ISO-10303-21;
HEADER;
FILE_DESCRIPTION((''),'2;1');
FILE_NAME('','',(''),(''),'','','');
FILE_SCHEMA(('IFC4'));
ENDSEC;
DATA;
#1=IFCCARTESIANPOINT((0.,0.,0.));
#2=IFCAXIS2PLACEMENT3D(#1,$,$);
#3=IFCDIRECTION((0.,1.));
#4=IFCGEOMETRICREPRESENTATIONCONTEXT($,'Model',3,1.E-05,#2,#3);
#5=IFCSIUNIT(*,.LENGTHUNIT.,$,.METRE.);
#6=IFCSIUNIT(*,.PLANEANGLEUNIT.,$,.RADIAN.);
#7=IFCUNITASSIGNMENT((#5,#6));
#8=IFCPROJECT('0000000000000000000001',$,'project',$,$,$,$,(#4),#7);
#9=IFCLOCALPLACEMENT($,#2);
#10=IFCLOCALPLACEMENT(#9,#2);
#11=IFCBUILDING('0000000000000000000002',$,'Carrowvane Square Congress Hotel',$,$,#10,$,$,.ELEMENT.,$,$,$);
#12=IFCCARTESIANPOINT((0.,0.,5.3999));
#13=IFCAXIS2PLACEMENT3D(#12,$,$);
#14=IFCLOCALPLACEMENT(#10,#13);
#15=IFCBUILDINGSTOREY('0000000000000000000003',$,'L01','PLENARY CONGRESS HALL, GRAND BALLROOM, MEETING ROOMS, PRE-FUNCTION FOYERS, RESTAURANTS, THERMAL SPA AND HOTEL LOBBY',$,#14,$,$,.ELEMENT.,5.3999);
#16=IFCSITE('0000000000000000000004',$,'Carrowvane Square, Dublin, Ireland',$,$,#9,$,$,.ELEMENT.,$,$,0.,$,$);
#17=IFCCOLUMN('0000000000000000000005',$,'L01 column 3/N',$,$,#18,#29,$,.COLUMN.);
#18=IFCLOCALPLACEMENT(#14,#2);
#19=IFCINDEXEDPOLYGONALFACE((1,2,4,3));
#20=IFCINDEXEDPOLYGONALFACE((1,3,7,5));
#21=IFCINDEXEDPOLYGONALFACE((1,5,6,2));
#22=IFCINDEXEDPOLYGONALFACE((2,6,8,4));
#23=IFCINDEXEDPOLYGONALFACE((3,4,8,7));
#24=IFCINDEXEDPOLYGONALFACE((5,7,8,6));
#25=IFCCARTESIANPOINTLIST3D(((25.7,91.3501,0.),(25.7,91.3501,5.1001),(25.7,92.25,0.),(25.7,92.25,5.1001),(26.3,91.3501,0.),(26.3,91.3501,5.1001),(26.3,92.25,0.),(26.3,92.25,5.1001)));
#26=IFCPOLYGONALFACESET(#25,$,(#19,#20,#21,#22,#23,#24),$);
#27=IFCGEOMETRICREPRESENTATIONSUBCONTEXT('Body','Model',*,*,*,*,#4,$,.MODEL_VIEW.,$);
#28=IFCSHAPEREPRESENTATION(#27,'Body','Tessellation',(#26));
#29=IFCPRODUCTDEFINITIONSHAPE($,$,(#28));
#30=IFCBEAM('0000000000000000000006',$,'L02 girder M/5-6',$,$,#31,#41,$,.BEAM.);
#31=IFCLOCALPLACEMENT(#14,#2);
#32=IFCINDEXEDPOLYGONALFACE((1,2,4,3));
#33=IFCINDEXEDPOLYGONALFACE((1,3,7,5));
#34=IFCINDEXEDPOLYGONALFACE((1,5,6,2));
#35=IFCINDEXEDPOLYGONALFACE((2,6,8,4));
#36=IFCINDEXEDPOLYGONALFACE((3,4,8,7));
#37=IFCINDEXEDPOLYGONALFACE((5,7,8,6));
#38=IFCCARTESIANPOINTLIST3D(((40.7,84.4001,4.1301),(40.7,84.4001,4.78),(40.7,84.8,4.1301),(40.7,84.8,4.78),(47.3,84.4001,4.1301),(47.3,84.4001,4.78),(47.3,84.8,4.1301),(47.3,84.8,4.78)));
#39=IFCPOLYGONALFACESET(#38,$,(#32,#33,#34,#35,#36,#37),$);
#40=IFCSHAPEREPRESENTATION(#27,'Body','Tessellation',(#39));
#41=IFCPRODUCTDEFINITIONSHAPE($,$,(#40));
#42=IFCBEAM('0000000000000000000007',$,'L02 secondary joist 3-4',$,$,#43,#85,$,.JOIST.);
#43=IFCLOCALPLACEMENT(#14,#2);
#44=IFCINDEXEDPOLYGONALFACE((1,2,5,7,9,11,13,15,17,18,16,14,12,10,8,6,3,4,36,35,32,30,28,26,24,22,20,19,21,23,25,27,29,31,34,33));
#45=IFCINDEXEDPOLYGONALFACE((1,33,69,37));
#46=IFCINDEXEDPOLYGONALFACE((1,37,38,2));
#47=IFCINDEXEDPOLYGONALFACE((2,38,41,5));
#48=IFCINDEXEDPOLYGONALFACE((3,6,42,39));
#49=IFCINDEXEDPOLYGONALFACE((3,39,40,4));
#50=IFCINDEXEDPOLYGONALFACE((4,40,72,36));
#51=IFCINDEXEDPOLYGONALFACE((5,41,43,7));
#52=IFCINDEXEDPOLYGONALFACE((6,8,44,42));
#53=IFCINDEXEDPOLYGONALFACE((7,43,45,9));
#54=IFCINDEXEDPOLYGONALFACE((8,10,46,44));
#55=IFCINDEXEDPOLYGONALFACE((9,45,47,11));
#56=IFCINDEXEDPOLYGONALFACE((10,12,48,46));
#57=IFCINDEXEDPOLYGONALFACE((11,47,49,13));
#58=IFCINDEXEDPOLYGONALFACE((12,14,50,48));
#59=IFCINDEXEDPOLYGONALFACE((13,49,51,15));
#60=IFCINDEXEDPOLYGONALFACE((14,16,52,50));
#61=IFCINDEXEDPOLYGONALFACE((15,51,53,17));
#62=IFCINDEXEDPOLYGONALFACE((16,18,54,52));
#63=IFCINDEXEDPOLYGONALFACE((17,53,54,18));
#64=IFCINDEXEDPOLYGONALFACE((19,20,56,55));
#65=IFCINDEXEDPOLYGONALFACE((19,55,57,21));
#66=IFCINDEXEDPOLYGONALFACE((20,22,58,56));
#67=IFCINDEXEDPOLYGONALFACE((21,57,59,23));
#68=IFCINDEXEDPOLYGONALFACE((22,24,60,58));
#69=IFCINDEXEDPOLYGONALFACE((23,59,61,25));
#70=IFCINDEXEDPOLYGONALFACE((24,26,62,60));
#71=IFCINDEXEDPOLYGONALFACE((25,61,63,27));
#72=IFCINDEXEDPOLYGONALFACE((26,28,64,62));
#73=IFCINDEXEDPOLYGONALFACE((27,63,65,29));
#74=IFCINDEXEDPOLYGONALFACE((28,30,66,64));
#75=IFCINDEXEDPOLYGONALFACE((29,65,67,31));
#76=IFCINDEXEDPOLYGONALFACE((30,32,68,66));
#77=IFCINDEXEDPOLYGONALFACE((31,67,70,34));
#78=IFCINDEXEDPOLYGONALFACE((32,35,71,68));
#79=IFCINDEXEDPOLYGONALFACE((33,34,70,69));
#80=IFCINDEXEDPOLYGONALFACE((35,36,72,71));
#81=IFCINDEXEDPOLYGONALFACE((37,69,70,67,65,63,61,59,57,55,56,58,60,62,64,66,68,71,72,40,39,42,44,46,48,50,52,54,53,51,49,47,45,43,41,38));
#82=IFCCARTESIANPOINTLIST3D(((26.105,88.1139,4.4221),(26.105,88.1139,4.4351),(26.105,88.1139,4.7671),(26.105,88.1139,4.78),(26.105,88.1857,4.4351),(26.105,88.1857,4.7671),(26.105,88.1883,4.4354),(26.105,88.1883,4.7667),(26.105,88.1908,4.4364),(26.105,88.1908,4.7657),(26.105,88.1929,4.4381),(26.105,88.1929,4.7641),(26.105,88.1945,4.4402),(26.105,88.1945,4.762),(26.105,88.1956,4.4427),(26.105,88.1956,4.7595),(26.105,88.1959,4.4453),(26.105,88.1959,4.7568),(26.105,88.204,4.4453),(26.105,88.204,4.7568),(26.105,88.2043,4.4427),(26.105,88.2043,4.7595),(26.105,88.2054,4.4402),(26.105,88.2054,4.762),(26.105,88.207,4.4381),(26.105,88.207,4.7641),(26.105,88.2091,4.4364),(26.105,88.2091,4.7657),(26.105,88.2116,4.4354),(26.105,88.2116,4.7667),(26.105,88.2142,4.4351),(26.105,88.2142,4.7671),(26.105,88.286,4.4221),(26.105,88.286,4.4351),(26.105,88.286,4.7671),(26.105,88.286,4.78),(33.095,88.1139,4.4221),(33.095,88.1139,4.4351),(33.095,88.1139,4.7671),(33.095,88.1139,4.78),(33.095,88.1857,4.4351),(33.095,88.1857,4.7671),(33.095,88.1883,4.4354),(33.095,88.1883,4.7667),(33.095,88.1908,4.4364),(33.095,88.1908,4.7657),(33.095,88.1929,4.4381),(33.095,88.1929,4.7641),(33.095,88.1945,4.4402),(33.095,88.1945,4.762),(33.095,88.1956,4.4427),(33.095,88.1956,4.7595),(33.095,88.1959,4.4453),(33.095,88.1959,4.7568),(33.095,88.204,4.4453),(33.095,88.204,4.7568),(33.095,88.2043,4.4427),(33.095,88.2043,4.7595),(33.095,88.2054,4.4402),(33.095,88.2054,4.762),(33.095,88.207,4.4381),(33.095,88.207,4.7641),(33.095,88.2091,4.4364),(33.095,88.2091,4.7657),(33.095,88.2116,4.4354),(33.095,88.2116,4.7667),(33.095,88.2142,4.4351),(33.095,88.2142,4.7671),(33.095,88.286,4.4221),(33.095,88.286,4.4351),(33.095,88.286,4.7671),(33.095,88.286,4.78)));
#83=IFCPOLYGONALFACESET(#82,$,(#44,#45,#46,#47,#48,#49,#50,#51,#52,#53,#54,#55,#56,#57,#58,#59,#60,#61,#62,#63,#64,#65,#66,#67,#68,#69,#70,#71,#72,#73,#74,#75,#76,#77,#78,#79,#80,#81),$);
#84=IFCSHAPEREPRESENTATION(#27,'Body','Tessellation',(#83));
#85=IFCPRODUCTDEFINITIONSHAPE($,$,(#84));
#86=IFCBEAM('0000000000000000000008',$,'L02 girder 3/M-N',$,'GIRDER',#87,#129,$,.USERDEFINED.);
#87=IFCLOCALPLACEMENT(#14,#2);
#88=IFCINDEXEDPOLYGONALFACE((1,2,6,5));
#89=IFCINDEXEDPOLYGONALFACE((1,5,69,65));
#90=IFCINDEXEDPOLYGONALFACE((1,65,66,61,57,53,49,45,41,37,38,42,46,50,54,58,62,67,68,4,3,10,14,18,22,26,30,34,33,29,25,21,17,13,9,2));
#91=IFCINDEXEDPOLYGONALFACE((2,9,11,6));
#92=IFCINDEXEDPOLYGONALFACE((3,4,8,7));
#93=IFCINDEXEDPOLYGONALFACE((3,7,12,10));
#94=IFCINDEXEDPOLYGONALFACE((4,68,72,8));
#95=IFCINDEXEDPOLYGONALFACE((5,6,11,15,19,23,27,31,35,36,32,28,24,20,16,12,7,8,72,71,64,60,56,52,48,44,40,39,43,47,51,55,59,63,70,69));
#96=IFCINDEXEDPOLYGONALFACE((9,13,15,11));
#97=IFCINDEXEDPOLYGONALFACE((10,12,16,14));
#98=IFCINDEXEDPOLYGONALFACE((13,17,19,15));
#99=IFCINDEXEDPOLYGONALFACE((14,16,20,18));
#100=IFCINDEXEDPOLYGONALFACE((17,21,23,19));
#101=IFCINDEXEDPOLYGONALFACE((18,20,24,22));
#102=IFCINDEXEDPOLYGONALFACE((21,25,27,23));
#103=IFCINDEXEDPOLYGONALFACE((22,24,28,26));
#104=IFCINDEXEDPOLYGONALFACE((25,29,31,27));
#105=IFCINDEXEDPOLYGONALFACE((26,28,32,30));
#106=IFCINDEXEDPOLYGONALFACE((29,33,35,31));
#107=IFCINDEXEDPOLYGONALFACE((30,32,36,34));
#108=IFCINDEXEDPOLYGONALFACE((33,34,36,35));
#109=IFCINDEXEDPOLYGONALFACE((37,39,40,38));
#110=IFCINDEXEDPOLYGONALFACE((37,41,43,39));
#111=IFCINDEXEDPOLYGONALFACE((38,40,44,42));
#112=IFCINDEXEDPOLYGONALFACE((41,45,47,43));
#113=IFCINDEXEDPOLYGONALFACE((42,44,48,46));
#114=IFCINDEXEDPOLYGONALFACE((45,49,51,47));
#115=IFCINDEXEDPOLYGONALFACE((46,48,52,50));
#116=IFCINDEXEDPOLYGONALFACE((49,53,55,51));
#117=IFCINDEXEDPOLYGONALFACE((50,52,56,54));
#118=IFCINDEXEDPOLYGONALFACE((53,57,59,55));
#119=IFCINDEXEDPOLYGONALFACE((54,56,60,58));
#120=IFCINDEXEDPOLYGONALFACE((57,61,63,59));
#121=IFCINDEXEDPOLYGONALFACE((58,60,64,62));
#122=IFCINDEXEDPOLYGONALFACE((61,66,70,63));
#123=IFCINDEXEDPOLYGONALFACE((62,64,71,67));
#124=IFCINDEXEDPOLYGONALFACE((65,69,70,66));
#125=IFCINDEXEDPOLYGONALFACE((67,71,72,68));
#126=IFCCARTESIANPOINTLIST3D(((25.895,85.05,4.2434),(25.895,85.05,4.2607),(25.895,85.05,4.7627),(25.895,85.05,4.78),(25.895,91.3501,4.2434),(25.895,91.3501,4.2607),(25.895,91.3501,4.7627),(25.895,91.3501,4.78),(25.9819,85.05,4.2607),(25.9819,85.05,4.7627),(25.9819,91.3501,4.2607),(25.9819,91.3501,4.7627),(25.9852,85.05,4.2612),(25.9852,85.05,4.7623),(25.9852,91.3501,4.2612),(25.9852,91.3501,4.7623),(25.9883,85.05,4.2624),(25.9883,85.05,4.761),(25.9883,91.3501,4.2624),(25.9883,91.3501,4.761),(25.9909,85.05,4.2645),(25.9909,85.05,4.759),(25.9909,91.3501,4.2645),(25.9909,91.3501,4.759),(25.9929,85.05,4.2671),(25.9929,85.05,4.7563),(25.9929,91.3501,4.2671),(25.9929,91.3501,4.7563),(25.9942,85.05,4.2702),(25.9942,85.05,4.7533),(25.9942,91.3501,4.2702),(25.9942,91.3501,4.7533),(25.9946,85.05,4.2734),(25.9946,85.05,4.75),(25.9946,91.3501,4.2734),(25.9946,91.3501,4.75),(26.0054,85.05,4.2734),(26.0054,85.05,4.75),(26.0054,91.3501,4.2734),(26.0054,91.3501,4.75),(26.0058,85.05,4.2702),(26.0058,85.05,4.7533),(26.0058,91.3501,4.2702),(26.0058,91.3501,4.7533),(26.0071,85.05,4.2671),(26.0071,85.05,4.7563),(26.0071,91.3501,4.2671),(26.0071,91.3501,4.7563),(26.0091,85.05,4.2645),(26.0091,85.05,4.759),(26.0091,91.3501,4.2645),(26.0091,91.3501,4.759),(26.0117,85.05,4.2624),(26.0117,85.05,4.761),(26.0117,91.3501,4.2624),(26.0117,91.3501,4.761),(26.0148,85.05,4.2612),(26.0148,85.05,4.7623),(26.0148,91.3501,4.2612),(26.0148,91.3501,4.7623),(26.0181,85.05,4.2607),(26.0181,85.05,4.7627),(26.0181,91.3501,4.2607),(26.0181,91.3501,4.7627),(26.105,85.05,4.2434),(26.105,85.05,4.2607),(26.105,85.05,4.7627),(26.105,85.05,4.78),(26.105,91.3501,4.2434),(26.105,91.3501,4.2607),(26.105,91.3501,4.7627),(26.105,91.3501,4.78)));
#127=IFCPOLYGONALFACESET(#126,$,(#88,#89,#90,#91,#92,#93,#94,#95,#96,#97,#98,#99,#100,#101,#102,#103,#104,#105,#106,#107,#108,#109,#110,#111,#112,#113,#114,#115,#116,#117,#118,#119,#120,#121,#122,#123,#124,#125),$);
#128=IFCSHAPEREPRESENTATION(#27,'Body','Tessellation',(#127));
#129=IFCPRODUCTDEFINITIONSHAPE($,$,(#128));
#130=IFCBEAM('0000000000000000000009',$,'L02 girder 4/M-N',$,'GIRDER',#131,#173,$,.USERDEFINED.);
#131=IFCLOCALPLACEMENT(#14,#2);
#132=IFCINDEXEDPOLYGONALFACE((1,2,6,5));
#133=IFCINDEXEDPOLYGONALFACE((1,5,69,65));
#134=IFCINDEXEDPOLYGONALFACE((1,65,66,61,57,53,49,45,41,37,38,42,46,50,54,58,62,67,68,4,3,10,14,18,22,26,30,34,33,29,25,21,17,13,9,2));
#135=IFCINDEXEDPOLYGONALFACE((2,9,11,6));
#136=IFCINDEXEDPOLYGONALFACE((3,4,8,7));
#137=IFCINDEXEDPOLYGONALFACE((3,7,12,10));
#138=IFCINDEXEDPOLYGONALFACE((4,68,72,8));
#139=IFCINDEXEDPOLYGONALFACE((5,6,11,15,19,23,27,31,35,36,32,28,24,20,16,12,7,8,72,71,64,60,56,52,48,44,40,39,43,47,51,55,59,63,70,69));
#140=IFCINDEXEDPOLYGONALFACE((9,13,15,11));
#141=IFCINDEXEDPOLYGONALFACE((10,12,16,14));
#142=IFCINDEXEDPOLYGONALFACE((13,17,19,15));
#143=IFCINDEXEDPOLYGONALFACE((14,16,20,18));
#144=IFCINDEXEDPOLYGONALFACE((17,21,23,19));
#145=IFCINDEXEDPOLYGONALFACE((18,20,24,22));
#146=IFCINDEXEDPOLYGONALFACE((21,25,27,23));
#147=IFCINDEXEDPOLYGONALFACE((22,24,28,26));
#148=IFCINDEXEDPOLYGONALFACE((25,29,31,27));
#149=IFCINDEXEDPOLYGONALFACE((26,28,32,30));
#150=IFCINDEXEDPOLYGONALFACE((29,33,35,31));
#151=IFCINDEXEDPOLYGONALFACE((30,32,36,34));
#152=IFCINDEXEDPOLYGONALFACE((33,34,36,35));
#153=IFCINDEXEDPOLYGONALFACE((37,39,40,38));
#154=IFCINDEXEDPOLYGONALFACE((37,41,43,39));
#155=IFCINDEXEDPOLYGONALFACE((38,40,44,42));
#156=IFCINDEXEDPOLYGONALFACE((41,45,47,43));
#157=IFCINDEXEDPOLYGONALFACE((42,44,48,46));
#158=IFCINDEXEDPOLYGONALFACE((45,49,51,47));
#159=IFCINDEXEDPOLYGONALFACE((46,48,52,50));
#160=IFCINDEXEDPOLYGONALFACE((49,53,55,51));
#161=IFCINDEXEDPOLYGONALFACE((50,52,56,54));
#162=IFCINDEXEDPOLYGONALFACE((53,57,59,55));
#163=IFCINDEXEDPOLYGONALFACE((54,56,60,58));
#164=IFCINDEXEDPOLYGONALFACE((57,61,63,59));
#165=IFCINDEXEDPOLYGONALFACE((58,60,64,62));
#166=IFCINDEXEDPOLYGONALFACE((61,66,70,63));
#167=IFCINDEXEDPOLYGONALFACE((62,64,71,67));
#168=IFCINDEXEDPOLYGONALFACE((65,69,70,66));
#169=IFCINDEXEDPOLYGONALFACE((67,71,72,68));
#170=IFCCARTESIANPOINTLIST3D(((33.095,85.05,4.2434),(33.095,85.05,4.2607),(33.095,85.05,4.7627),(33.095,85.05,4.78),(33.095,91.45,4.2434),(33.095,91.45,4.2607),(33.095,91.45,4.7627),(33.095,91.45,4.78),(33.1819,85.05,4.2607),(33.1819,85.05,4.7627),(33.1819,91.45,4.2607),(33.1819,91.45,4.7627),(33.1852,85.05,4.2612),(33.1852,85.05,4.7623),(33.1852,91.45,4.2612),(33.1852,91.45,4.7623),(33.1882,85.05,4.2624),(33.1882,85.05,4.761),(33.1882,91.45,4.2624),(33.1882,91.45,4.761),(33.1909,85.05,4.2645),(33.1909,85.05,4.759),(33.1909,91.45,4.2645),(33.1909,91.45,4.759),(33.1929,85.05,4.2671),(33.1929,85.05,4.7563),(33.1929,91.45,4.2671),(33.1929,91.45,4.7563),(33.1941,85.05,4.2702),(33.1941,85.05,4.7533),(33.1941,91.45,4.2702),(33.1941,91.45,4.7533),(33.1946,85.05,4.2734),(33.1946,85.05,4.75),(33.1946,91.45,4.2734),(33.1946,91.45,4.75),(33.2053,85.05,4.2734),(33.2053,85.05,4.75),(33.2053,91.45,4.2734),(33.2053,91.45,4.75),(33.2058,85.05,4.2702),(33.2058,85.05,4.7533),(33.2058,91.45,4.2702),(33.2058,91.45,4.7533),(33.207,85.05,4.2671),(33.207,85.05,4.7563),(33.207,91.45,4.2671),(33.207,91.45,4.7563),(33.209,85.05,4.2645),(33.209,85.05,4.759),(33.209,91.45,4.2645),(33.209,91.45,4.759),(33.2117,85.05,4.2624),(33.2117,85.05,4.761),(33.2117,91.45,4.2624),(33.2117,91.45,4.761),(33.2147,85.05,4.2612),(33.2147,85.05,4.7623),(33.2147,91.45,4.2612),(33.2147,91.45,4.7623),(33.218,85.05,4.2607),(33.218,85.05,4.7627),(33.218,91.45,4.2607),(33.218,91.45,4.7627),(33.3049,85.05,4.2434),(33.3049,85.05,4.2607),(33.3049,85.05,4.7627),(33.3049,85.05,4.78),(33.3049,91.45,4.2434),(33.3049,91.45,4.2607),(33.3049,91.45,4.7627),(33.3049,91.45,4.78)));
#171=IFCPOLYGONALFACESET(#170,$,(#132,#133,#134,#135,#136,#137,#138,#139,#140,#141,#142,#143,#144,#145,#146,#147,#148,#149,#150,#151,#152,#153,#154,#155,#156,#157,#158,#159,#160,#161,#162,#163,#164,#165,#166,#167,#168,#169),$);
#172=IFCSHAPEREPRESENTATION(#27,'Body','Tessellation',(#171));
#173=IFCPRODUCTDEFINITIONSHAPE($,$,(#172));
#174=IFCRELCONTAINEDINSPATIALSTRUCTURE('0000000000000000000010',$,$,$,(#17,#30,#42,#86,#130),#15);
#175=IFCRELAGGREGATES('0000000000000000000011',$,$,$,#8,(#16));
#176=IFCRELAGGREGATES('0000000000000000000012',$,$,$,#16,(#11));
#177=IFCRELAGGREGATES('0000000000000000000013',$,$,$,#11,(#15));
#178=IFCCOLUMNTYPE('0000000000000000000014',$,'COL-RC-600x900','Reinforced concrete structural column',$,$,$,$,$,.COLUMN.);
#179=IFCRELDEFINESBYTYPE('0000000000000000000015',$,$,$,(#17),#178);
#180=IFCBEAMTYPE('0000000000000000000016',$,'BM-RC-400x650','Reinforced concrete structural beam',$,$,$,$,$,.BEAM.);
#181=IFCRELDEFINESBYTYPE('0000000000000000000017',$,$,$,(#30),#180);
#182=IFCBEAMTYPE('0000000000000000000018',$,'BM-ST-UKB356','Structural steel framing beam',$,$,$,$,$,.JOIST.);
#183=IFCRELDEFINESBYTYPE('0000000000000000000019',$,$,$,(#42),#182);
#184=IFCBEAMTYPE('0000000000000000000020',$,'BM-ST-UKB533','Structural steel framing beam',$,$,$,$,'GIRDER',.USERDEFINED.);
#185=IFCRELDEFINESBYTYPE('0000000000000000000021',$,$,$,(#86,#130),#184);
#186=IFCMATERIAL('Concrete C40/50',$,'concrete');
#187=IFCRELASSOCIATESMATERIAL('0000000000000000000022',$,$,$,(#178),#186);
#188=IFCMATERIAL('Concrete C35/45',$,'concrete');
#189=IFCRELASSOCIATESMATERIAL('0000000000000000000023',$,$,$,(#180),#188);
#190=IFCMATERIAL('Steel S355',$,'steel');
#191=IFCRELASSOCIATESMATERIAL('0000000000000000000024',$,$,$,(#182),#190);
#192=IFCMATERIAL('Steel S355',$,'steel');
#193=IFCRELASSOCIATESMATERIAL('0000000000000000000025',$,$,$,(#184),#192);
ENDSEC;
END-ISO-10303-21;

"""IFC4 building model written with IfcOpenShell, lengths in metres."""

from ifc_helpers import new_model, si_unit, direction, frame, origin, origin_2d, place, context, subcontext, project, spatial, rectangle, i_section, extrude, material, material_profile, profile_set, type_object, element, save


model = new_model("IFC4")

# Units and contexts
model_context = context("Model", 3, precision=1e-05, world=origin(), true_north=direction((0.0, 1.0)))
body_context = subcontext(model_context, "Body", "Model", "MODEL_VIEW")
ifc_project = project(units=[si_unit("LENGTHUNIT", "METRE"), si_unit("PLANEANGLEUNIT", "RADIAN")], contexts=[model_context])

# Site, building, storey
site_placement = place(None, origin())
site = spatial("IfcSite", under=ifc_project, at=site_placement, Name="Carrowvane Square, Dublin, Ireland", CompositionType="ELEMENT", RefElevation=0.0)
building_placement = place(site_placement, origin())
building = spatial("IfcBuilding", under=site, at=building_placement, Name="Carrowvane Square Congress Hotel", CompositionType="ELEMENT")
storey_placement = place(building_placement, frame((0.0, 0.0, 5.3999)))
storey = spatial("IfcBuildingStorey", under=building, at=storey_placement, Name="L01", Description="PLENARY CONGRESS HALL, GRAND BALLROOM, MEETING ROOMS, PRE-FUNCTION FOYERS, RESTAURANTS, THERMAL SPA AND HOTEL LOBBY", CompositionType="ELEMENT", Elevation=5.3999)

# Column
ifc_material_1 = material(Name="Concrete C40/50", Category="concrete")
ifc_material_profile_1 = material_profile(ifc_material_1, rectangle(XDim=0.6001, YDim=0.8999, at=origin_2d()), Name="RC 600x900")
ifc_profile_set_1 = profile_set([ifc_material_profile_1], Name="Concrete C40/50")
column_type = type_object("IfcColumnType", Name="COL-RC-600x900", Description="Reinforced concrete structural column", PredefinedType="COLUMN", material=ifc_profile_set_1)
column_placement = place(storey_placement, frame((26.0, 91.8, 0.0), z_axis=(0.0, 0.0, 1.0), x_axis=(1.0, 0.0, 0.0)))
element("IfcColumn", 1, at=column_placement, inside=storey, type_object=column_type, Name="L01 column 3/N", PredefinedType="COLUMN", context=body_context, shape_type="SweptSolid", body=[
    extrude(rectangle(XDim=0.6001, YDim=0.8999, at=origin_2d()), origin(), (0.0, 0.0, 1.0), 5.1001),
])

# Beams
ifc_material_2 = material(Name="Concrete C35/45", Category="concrete")
ifc_material_profile_2 = material_profile(ifc_material_2, rectangle(XDim=0.3999, YDim=0.6499, at=origin_2d()), Name="RC 400x650")
ifc_profile_set_2 = profile_set([ifc_material_profile_2], Name="Concrete C35/45")
beam_type_1 = type_object("IfcBeamType", Name="BM-RC-400x650", Description="Reinforced concrete structural beam", PredefinedType="BEAM", material=ifc_profile_set_2)
beam_1_placement = place(storey_placement, frame((40.7, 84.6001, 4.4551), z_axis=(1.0, 0.0, 0.0), x_axis=(0.0, 1.0, 0.0)))
element("IfcBeam", 2, at=beam_1_placement, inside=storey, type_object=beam_type_1, Name="L02 girder M/5-6", PredefinedType="BEAM", context=body_context, shape_type="SweptSolid", body=[
    extrude(rectangle(XDim=0.3999, YDim=0.6499, at=origin_2d()), origin(), (0.0, 0.0, 1.0), 6.6001),
])
ifc_material_3 = material(Name="Steel S355", Category="steel")
ifc_material_profile_3 = material_profile(ifc_material_3, i_section(OverallWidth=0.1721, OverallDepth=0.3579, WebThickness=0.0081, FlangeThickness=0.0129, FilletRadius=0.0103, at=origin_2d()), Name="UKB 356x171x57")
ifc_profile_set_3 = profile_set([ifc_material_profile_3], Name="Steel S355")
beam_type_2 = type_object("IfcBeamType", Name="BM-ST-UKB356", Description="Structural steel framing beam", PredefinedType="JOIST", material=ifc_profile_set_3)
beam_2_placement = place(storey_placement, frame((26.105, 88.2, 4.6011), z_axis=(1.0, 0.0, 0.0), x_axis=(0.0, 1.0, 0.0)))
element("IfcBeam", 3, at=beam_2_placement, inside=storey, type_object=beam_type_2, Name="L02 secondary joist 3-4", PredefinedType="JOIST", context=body_context, shape_type="SweptSolid", body=[
    extrude(i_section(OverallWidth=0.1721, OverallDepth=0.3579, WebThickness=0.0081, FlangeThickness=0.0129, FilletRadius=0.0103, at=origin_2d()), origin(), (0.0, 0.0, 1.0), 6.99),
])
ifc_material_4 = material(Name="Steel S355", Category="steel")
ifc_material_profile_4 = material_profile(ifc_material_4, i_section(OverallWidth=0.21, OverallDepth=0.5366, WebThickness=0.0107, FlangeThickness=0.0173, FilletRadius=0.0127, at=origin_2d()), Name="UKB 533x210x101")
ifc_profile_set_4 = profile_set([ifc_material_profile_4], Name="Steel S355")
beam_type_3 = type_object("IfcBeamType", Name="BM-ST-UKB533", Description="Structural steel framing beam", ElementType="GIRDER", PredefinedType="USERDEFINED", material=ifc_profile_set_4)
beam_3_placement = place(storey_placement, frame((26.0, 85.05, 4.5117), z_axis=(0.0, 1.0, 0.0), x_axis=(-1.0, 0.0, 0.0)))
element("IfcBeam", 4, at=beam_3_placement, inside=storey, type_object=beam_type_3, Name="L02 girder 3/M-N", ObjectType="GIRDER", PredefinedType="USERDEFINED", context=body_context, shape_type="SweptSolid", body=[
    extrude(i_section(OverallWidth=0.21, OverallDepth=0.5366, WebThickness=0.0107, FlangeThickness=0.0173, FilletRadius=0.0127, at=origin_2d()), origin(), (0.0, 0.0, 1.0), 6.3),
])
beam_4_placement = place(storey_placement, frame((33.2, 85.05, 4.5117), z_axis=(0.0, 1.0, 0.0), x_axis=(-1.0, 0.0, 0.0)))
element("IfcBeam", 5, at=beam_4_placement, inside=storey, type_object=beam_type_3, Name="L02 girder 4/M-N", ObjectType="GIRDER", PredefinedType="USERDEFINED", context=body_context, shape_type="SweptSolid", body=[
    extrude(i_section(OverallWidth=0.21, OverallDepth=0.5366, WebThickness=0.0107, FlangeThickness=0.0173, FilletRadius=0.0127, at=origin_2d()), origin(), (0.0, 0.0, 1.0), 6.3999),
])

save(model, "model.ifc")
